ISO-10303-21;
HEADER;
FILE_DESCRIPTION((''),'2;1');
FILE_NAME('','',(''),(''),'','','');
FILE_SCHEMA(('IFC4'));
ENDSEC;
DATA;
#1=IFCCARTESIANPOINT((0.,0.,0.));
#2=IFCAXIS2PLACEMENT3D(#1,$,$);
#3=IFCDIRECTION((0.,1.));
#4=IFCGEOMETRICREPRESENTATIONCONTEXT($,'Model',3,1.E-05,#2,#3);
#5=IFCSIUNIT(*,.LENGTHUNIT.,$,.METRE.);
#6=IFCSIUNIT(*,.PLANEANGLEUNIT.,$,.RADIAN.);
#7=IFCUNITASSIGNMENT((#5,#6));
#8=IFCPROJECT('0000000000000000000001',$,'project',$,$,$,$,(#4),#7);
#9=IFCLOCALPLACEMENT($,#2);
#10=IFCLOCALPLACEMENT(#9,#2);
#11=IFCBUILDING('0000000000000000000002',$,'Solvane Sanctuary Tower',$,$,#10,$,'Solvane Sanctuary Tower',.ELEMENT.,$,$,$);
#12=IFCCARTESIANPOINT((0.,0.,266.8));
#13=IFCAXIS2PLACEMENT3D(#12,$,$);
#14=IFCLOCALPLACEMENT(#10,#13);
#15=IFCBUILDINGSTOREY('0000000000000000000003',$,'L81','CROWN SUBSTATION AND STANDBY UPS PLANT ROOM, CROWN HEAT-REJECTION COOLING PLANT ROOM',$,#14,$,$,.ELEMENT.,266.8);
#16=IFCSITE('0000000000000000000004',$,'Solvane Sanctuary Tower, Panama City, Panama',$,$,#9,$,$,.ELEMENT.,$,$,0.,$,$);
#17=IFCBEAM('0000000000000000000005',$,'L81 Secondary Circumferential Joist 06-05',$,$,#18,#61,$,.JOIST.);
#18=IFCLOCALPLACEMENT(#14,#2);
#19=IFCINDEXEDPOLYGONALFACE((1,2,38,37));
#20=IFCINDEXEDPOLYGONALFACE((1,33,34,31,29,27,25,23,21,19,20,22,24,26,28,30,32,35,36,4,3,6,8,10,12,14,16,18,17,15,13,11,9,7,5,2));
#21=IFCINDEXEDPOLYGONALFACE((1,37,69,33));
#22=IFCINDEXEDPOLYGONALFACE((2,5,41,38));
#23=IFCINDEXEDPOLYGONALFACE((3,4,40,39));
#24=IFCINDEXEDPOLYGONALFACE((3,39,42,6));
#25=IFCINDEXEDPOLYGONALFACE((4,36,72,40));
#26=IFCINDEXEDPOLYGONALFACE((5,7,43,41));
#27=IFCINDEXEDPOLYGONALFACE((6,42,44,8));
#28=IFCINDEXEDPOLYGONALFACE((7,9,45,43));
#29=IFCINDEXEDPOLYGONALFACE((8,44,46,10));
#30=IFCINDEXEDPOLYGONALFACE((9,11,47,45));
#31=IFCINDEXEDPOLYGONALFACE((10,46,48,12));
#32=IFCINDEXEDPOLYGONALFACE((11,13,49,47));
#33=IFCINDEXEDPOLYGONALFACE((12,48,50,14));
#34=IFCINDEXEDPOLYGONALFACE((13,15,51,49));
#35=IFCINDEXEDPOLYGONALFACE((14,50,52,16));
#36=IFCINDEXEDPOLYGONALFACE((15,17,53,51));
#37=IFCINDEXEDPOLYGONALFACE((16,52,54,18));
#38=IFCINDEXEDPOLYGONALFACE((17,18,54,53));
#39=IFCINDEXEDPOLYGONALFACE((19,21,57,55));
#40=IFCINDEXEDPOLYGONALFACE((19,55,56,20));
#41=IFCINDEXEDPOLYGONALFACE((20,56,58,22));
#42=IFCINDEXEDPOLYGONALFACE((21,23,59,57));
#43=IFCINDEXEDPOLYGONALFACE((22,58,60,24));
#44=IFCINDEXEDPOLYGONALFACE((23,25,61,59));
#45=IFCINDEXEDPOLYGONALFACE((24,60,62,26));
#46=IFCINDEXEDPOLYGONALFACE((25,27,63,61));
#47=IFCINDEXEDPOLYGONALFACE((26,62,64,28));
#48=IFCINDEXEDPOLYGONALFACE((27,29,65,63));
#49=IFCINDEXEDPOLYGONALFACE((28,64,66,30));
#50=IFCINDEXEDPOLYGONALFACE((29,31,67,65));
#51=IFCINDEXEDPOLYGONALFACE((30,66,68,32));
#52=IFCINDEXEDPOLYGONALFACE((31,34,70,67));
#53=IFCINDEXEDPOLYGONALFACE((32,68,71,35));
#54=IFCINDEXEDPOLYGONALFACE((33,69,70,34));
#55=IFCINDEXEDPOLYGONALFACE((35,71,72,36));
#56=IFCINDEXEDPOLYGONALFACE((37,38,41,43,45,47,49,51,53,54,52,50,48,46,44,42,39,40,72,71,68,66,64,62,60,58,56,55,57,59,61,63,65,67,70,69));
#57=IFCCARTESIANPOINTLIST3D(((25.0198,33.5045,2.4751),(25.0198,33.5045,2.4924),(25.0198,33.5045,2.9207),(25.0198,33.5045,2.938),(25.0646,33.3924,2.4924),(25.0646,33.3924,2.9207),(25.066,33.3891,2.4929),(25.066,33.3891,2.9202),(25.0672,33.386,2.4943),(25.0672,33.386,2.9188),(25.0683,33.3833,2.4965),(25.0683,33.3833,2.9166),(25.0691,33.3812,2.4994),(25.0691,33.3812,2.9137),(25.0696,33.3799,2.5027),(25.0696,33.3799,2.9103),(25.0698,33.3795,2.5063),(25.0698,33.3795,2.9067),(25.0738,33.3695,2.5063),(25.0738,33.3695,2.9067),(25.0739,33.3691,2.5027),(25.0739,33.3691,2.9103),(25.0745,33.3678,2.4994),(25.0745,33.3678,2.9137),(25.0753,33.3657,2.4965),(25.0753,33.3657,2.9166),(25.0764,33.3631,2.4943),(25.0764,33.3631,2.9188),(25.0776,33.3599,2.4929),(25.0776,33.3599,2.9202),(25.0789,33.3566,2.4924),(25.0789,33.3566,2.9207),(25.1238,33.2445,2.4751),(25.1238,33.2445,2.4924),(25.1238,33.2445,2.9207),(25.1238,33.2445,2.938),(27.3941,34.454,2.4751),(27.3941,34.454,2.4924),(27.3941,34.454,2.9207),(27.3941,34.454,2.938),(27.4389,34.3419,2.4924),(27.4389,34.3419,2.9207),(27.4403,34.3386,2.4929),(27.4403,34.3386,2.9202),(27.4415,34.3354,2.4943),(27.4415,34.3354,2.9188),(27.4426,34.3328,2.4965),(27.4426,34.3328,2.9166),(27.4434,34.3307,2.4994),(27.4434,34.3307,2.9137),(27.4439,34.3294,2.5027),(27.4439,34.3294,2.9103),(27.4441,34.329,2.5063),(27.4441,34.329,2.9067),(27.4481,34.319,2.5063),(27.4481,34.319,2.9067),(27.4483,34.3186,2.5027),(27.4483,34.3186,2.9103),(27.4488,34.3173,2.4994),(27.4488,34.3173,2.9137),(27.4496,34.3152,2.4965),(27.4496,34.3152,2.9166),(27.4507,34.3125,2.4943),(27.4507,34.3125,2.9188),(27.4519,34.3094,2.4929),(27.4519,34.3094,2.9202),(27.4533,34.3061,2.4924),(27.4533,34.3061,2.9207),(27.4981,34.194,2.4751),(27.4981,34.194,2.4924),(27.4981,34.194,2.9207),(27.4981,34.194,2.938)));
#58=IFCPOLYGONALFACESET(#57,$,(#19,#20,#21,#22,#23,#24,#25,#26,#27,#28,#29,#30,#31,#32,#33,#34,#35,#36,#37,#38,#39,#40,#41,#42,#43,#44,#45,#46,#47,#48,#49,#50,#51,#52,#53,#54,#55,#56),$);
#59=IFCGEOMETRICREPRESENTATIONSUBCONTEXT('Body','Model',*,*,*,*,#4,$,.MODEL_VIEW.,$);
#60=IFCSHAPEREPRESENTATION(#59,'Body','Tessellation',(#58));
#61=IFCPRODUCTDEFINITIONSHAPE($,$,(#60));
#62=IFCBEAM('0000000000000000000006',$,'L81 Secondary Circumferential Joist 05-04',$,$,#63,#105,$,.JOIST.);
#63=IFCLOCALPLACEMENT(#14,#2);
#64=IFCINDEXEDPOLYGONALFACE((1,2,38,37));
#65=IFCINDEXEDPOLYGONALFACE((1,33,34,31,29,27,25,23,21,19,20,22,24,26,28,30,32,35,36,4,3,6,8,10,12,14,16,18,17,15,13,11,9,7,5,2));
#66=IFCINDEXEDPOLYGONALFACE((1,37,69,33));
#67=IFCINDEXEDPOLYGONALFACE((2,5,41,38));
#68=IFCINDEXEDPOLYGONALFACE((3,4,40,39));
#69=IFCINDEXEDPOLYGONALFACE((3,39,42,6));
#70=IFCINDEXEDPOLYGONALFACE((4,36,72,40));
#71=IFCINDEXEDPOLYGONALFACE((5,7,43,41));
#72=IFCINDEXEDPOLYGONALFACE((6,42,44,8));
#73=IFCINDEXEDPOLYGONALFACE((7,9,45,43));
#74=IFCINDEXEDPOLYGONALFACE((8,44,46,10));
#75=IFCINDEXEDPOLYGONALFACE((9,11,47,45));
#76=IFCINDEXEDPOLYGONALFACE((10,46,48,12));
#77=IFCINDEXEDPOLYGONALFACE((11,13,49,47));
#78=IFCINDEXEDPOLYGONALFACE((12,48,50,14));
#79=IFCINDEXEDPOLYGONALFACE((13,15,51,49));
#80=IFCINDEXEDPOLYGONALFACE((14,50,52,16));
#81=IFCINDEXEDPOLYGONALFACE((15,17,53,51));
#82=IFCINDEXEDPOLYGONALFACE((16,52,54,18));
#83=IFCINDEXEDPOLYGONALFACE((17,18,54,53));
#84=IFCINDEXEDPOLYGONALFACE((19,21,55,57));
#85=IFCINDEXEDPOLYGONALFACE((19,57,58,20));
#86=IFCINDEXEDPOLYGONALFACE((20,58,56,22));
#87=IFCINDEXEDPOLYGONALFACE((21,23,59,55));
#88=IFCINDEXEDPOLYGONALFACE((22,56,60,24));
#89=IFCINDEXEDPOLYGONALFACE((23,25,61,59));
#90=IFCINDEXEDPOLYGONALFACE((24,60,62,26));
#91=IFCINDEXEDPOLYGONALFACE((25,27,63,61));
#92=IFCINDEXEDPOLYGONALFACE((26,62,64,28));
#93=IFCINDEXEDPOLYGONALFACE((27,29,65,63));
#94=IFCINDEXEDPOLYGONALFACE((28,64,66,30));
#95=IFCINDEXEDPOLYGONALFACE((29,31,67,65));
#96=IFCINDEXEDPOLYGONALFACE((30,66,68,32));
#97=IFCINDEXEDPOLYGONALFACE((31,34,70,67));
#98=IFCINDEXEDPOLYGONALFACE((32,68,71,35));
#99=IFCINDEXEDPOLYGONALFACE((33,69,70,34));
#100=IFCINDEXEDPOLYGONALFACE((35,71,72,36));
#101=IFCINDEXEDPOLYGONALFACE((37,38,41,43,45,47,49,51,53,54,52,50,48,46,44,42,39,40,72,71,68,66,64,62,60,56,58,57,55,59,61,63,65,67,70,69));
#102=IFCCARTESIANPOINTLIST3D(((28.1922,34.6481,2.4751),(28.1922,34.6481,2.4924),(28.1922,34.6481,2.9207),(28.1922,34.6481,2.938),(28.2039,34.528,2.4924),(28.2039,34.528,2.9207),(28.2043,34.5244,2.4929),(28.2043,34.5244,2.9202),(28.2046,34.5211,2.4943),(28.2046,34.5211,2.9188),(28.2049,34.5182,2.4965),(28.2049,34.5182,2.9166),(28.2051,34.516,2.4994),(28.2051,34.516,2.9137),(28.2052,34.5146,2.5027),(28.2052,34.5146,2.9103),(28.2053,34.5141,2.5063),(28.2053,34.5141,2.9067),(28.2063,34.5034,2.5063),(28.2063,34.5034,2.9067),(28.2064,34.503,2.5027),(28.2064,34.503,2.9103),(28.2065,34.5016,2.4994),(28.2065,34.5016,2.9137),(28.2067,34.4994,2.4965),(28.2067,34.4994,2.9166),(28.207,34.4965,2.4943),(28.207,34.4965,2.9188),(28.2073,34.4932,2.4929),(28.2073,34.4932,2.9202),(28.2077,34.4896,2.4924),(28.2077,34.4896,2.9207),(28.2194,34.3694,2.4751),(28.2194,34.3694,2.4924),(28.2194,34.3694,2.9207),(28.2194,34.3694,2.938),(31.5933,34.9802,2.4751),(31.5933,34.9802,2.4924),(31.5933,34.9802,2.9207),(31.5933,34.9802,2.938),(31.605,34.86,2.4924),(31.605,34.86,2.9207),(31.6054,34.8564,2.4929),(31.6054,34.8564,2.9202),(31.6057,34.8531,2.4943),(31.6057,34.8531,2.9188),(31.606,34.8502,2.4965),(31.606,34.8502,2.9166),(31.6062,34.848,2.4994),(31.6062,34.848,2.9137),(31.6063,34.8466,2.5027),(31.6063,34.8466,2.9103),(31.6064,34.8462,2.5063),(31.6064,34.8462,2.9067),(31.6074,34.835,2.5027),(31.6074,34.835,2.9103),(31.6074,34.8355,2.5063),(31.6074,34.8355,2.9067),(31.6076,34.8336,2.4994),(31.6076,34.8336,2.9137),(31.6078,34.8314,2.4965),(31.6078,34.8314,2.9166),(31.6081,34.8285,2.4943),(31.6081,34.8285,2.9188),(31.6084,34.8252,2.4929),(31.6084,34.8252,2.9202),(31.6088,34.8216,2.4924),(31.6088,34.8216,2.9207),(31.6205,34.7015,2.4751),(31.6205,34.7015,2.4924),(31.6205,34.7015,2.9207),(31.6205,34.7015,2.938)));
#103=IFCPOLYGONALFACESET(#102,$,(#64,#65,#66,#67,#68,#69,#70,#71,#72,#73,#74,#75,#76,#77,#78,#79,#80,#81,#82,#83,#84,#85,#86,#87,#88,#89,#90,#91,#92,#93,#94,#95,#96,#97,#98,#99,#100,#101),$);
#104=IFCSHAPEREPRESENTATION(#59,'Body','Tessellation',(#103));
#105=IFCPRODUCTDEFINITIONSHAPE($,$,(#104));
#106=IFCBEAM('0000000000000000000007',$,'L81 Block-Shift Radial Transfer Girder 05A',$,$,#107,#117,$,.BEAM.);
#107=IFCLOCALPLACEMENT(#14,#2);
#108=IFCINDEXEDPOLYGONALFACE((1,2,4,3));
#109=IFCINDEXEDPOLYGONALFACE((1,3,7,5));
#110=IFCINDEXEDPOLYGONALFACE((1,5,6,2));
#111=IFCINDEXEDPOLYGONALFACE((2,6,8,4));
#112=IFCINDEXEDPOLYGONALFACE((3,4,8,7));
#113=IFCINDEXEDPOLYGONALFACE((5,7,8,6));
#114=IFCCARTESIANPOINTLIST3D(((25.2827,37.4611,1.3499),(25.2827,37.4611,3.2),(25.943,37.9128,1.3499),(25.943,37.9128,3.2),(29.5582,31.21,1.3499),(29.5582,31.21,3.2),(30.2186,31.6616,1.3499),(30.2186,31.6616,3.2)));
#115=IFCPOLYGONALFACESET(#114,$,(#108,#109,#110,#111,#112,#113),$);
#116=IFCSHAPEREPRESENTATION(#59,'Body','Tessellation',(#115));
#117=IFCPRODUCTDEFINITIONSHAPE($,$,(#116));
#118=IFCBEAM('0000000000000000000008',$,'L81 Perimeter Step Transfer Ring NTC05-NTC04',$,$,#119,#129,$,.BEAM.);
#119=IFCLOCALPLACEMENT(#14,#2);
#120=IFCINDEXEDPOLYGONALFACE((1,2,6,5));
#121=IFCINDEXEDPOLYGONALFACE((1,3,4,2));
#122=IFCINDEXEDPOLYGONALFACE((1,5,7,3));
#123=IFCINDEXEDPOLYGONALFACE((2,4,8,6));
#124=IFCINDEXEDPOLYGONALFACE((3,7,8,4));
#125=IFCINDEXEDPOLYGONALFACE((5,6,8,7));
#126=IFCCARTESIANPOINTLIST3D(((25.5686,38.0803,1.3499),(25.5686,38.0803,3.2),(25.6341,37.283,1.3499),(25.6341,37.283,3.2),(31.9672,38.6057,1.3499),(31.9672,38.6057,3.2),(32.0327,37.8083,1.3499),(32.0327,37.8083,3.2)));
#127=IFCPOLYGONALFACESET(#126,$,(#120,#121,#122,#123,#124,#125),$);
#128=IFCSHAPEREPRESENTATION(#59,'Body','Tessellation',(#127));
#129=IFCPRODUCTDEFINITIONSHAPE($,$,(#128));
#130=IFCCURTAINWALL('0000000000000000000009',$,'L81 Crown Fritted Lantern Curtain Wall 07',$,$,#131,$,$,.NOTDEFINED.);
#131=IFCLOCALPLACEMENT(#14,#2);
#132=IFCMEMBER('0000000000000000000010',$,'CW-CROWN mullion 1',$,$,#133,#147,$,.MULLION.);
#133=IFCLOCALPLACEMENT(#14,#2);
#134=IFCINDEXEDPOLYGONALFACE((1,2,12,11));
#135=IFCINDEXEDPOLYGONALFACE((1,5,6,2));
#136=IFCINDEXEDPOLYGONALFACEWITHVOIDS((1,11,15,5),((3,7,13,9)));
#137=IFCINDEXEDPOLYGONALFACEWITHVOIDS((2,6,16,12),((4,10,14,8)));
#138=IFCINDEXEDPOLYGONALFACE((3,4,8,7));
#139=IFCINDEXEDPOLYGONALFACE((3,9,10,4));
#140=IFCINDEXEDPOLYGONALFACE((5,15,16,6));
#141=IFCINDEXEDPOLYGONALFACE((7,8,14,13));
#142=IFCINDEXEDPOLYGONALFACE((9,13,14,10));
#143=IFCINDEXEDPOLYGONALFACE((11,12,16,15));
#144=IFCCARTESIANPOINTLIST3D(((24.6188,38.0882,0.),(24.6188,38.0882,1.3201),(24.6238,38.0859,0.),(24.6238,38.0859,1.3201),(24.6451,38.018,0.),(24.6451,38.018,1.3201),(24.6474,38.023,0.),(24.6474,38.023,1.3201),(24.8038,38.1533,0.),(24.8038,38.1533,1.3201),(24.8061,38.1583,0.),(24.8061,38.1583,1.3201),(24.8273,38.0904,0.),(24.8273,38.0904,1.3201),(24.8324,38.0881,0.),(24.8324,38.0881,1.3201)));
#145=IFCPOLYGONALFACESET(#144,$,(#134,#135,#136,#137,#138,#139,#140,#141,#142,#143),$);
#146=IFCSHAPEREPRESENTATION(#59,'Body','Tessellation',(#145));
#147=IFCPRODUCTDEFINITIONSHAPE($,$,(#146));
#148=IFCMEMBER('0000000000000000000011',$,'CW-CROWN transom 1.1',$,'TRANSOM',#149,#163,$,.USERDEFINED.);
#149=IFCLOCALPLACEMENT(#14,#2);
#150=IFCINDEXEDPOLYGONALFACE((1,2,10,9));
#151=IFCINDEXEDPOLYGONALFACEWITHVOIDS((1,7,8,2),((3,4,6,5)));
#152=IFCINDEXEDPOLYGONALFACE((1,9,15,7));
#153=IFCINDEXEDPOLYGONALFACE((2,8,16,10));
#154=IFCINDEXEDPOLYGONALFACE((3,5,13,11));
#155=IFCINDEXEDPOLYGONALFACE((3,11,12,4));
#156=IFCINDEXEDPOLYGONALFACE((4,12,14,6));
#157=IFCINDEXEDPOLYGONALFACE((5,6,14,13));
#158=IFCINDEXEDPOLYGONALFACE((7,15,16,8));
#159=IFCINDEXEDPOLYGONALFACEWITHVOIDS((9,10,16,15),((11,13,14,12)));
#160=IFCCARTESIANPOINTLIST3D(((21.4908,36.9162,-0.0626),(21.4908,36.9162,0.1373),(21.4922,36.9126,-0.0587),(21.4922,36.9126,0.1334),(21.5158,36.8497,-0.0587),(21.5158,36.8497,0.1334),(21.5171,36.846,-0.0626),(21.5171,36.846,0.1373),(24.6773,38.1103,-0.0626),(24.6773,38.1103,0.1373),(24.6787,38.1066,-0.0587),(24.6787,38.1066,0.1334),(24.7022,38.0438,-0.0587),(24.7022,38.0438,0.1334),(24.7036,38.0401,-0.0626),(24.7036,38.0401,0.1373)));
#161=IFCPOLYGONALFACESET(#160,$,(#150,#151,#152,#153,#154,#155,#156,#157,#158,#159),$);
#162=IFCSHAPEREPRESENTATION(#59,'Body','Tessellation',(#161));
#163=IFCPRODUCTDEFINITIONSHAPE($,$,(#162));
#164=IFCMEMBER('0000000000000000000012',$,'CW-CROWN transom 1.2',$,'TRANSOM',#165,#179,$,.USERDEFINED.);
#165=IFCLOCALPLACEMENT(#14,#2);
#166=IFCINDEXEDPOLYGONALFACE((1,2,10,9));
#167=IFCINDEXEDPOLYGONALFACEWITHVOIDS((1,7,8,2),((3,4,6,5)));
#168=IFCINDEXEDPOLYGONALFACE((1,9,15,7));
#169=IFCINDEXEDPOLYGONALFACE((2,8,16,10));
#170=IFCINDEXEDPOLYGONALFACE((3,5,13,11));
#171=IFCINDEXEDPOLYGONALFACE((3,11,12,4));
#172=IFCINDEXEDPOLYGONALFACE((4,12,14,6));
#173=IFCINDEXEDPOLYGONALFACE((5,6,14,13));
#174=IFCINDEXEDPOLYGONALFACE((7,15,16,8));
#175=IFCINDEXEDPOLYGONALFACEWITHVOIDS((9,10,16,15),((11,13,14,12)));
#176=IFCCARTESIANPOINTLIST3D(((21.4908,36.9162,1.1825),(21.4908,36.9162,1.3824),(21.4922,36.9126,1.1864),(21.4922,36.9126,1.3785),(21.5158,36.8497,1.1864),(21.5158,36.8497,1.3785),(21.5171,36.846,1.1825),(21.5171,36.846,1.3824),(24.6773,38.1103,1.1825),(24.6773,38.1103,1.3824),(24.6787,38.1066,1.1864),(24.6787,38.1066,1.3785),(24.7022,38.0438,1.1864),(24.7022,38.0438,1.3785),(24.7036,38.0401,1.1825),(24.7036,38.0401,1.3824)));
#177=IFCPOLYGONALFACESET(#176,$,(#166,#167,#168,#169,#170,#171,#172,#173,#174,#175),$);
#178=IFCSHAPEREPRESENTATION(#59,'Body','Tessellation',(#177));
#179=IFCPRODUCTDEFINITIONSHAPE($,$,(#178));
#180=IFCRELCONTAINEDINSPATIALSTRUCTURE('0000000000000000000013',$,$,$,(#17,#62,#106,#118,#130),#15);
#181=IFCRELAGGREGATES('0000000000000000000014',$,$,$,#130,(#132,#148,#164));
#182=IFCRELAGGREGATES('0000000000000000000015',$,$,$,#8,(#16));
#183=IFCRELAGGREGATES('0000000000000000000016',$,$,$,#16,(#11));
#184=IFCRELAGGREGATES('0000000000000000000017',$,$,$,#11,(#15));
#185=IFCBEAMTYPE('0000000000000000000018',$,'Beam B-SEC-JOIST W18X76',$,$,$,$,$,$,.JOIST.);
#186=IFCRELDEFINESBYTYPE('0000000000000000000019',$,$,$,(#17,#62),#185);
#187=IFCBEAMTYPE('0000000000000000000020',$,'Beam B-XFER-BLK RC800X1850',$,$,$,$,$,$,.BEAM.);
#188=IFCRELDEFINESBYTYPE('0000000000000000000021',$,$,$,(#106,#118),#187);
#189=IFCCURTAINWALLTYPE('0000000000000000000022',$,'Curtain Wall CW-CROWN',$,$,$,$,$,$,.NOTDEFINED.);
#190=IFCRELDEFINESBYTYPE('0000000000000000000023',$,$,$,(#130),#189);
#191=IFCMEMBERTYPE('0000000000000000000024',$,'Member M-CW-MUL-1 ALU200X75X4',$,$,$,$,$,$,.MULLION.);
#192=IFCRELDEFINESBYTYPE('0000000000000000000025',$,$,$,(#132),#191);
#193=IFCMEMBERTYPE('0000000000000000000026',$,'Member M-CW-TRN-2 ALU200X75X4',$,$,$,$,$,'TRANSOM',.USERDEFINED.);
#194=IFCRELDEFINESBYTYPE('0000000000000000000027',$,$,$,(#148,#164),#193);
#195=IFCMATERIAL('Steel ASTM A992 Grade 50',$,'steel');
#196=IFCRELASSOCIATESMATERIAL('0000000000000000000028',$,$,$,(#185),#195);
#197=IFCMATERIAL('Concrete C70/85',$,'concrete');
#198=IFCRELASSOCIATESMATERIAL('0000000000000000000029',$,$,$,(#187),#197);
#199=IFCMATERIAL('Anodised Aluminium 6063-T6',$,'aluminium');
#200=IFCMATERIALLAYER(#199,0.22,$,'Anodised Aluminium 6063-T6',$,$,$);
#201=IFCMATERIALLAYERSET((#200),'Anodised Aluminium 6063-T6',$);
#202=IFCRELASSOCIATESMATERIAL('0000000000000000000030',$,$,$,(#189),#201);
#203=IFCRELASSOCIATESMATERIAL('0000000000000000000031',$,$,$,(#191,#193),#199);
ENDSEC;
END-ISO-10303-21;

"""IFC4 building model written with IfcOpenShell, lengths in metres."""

from ifc_helpers import new_model, si_unit, direction, frame, origin, origin_2d, place, context, subcontext, project, spatial, rectangle, hollow_rectangle, i_section, extrude, material, layer, layer_set, material_profile, profile_set, type_object, element, aggregate, save


model = new_model("IFC4")

# Units and contexts
model_context = context("Model", 3, precision=1e-05, world=origin(), true_north=direction((0.0, 1.0)))
body_context = subcontext(model_context, "Body", "Model", "MODEL_VIEW")
ifc_project = project(units=[si_unit("LENGTHUNIT", "METRE"), si_unit("PLANEANGLEUNIT", "RADIAN")], contexts=[model_context])

# Site, building, storey
site_placement = place(None, origin())
site = spatial("IfcSite", under=ifc_project, at=site_placement, Name="Solvane Sanctuary Tower, Panama City, Panama", CompositionType="ELEMENT", RefElevation=0.0)
building_placement = place(site_placement, origin())
building = spatial("IfcBuilding", under=site, at=building_placement, Name="Solvane Sanctuary Tower", LongName="Solvane Sanctuary Tower", CompositionType="ELEMENT")
storey_placement = place(building_placement, frame((0.0, 0.0, 266.8)))
storey = spatial("IfcBuildingStorey", under=building, at=storey_placement, Name="L81", Description="CROWN SUBSTATION AND STANDBY UPS PLANT ROOM, CROWN HEAT-REJECTION COOLING PLANT ROOM", CompositionType="ELEMENT", Elevation=266.8)

# Beams
ifc_material_1 = material(Name="Steel ASTM A992 Grade 50", Category="steel")
ifc_material_profile_1 = material_profile(ifc_material_1, i_section(OverallWidth=0.28, OverallDepth=0.4629, WebThickness=0.0107, FlangeThickness=0.0173, FilletRadius=0.0139, at=origin_2d()), Name="W18X76")
ifc_profile_set_1 = profile_set([ifc_material_profile_1], Name="Steel ASTM A992 Grade 50")
beam_type_1 = type_object("IfcBeamType", Name="Beam B-SEC-JOIST W18X76", PredefinedType="JOIST", material=ifc_profile_set_1)
beam_1_placement = place(storey_placement, frame((25.0718, 33.3745, 2.7065), z_axis=(0.92851, 0.371308, 0.0), x_axis=(-0.371308, 0.92851, 0.0)))
element("IfcBeam", 1, at=beam_1_placement, inside=storey, type_object=beam_type_1, Name="L81 Secondary Circumferential Joist 06-05", PredefinedType="JOIST", context=body_context, shape_type="SweptSolid", body=[
    extrude(i_section(OverallWidth=0.28, OverallDepth=0.4629, WebThickness=0.0107, FlangeThickness=0.0173, FilletRadius=0.0139, at=origin_2d()), origin(), (0.0, 0.0, 1.0), 2.5571),
])
beam_2_placement = place(storey_placement, frame((28.2058, 34.5088, 2.7065), z_axis=(0.995269, 0.097162, 0.0), x_axis=(-0.097162, 0.995269, 0.0)))
element("IfcBeam", 2, at=beam_2_placement, inside=storey, type_object=beam_type_1, Name="L81 Secondary Circumferential Joist 05-04", PredefinedType="JOIST", context=body_context, shape_type="SweptSolid", body=[
    extrude(i_section(OverallWidth=0.28, OverallDepth=0.4629, WebThickness=0.0107, FlangeThickness=0.0173, FilletRadius=0.0139, at=origin_2d()), origin(), (0.0, 0.0, 1.0), 3.4172),
])
ifc_material_2 = material(Name="Concrete C70/85", Category="concrete")
ifc_material_profile_2 = material_profile(ifc_material_2, rectangle(XDim=0.8, YDim=1.8501, at=origin_2d()), Name="RC800X1850")
ifc_profile_set_2 = profile_set([ifc_material_profile_2], Name="Concrete C70/85")
beam_type_2 = type_object("IfcBeamType", Name="Beam B-XFER-BLK RC800X1850", PredefinedType="BEAM", material=ifc_profile_set_2)
beam_3_placement = place(storey_placement, frame((29.8884, 31.4358, 2.2749), z_axis=(-0.564548, 0.825401, 0.0), x_axis=(-0.825401, -0.564548, 0.0)))
element("IfcBeam", 3, at=beam_3_placement, inside=storey, type_object=beam_type_2, Name="L81 Block-Shift Radial Transfer Girder 05A", PredefinedType="BEAM", context=body_context, shape_type="SweptSolid", body=[
    extrude(rectangle(XDim=0.8, YDim=1.8501, at=origin_2d()), origin(), (0.0, 0.0, 1.0), 7.5735),
])
beam_4_placement = place(storey_placement, frame((25.6013, 37.6816, 2.2749), z_axis=(0.996646, 0.081834, 0.0), x_axis=(-0.081834, 0.996646, 0.0)))
element("IfcBeam", 4, at=beam_4_placement, inside=storey, type_object=beam_type_2, Name="L81 Perimeter Step Transfer Ring NTC05-NTC04", PredefinedType="BEAM", context=body_context, shape_type="SweptSolid", body=[
    extrude(rectangle(XDim=0.8, YDim=1.8501, at=origin_2d()), origin(), (0.0, 0.0, 1.0), 6.4202),
])

# Curtain wall, members
ifc_material_3 = material(Name="Anodised Aluminium 6063-T6", Category="aluminium")
ifc_layer_1 = layer(ifc_material_3, 0.22, Name="Anodised Aluminium 6063-T6")
ifc_layer_set_1 = layer_set([ifc_layer_1], Name="Anodised Aluminium 6063-T6")
curtain_wall_type = type_object("IfcCurtainWallType", Name="Curtain Wall CW-CROWN", PredefinedType="NOTDEFINED", material=ifc_layer_set_1)
curtain_wall_placement = place(storey_placement, origin())
curtain_wall = element("IfcCurtainWall", 5, at=curtain_wall_placement, inside=storey, type_object=curtain_wall_type, Name="L81 Crown Fritted Lantern Curtain Wall 07", PredefinedType="NOTDEFINED")
ifc_material_profile_3 = material_profile(ifc_material_3, hollow_rectangle(XDim=0.075, YDim=0.2, WallThickness=0.0039, at=origin_2d()), Name="ALU200X75X4")
ifc_profile_set_3 = profile_set([ifc_material_profile_3], Name="Anodised Aluminium 6063-T6")
member_type_1 = type_object("IfcMemberType", Name="Member M-CW-MUL-1 ALU200X75X4", PredefinedType="MULLION", material=ifc_profile_set_3)
member_1_placement = place(storey_placement, frame((24.7256, 38.0881, 0.0), z_axis=(0.0, 0.0, 1.0), x_axis=(0.350837, -0.936437, 0.0)))
member_1 = element("IfcMember", 6, at=member_1_placement, type_object=member_type_1, Name="CW-CROWN mullion 1", PredefinedType="MULLION", context=body_context, shape_type="SweptSolid", body=[
    extrude(hollow_rectangle(XDim=0.075, YDim=0.2, WallThickness=0.0039, at=origin_2d()), origin(), (0.0, 0.0, 1.0), 1.3201),
])
ifc_material_profile_4 = material_profile(ifc_material_3, hollow_rectangle(XDim=0.075, YDim=0.2, WallThickness=0.0039, at=origin_2d()), Name="ALU200X75X4")
ifc_profile_set_4 = profile_set([ifc_material_profile_4], Name="Anodised Aluminium 6063-T6")
member_type_2 = type_object("IfcMemberType", Name="Member M-CW-TRN-2 ALU200X75X4", ElementType="TRANSOM", PredefinedType="USERDEFINED", material=ifc_profile_set_4)
member_2_placement = place(storey_placement, frame((24.6904, 38.0752, 0.0374), z_axis=(-0.936412, -0.350903, 0.0), x_axis=(0.350903, -0.936412, 0.0)))
member_2 = element("IfcMember", 7, at=member_2_placement, type_object=member_type_2, Name="CW-CROWN transom 1.1", ObjectType="TRANSOM", PredefinedType="USERDEFINED", context=body_context, shape_type="SweptSolid", body=[
    extrude(hollow_rectangle(XDim=0.075, YDim=0.2, WallThickness=0.0039, at=origin_2d()), origin(), (0.0, 0.0, 1.0), 3.4028),
])
member_3_placement = place(storey_placement, frame((24.6904, 38.0752, 1.2825), z_axis=(-0.936412, -0.350903, 0.0), x_axis=(0.350903, -0.936412, 0.0)))
member_3 = element("IfcMember", 8, at=member_3_placement, type_object=member_type_2, Name="CW-CROWN transom 1.2", ObjectType="TRANSOM", PredefinedType="USERDEFINED", context=body_context, shape_type="SweptSolid", body=[
    extrude(hollow_rectangle(XDim=0.075, YDim=0.2, WallThickness=0.0039, at=origin_2d()), origin(), (0.0, 0.0, 1.0), 3.4028),
])
aggregate(curtain_wall, [member_1, member_2, member_3])

save(model, "model.ifc")
